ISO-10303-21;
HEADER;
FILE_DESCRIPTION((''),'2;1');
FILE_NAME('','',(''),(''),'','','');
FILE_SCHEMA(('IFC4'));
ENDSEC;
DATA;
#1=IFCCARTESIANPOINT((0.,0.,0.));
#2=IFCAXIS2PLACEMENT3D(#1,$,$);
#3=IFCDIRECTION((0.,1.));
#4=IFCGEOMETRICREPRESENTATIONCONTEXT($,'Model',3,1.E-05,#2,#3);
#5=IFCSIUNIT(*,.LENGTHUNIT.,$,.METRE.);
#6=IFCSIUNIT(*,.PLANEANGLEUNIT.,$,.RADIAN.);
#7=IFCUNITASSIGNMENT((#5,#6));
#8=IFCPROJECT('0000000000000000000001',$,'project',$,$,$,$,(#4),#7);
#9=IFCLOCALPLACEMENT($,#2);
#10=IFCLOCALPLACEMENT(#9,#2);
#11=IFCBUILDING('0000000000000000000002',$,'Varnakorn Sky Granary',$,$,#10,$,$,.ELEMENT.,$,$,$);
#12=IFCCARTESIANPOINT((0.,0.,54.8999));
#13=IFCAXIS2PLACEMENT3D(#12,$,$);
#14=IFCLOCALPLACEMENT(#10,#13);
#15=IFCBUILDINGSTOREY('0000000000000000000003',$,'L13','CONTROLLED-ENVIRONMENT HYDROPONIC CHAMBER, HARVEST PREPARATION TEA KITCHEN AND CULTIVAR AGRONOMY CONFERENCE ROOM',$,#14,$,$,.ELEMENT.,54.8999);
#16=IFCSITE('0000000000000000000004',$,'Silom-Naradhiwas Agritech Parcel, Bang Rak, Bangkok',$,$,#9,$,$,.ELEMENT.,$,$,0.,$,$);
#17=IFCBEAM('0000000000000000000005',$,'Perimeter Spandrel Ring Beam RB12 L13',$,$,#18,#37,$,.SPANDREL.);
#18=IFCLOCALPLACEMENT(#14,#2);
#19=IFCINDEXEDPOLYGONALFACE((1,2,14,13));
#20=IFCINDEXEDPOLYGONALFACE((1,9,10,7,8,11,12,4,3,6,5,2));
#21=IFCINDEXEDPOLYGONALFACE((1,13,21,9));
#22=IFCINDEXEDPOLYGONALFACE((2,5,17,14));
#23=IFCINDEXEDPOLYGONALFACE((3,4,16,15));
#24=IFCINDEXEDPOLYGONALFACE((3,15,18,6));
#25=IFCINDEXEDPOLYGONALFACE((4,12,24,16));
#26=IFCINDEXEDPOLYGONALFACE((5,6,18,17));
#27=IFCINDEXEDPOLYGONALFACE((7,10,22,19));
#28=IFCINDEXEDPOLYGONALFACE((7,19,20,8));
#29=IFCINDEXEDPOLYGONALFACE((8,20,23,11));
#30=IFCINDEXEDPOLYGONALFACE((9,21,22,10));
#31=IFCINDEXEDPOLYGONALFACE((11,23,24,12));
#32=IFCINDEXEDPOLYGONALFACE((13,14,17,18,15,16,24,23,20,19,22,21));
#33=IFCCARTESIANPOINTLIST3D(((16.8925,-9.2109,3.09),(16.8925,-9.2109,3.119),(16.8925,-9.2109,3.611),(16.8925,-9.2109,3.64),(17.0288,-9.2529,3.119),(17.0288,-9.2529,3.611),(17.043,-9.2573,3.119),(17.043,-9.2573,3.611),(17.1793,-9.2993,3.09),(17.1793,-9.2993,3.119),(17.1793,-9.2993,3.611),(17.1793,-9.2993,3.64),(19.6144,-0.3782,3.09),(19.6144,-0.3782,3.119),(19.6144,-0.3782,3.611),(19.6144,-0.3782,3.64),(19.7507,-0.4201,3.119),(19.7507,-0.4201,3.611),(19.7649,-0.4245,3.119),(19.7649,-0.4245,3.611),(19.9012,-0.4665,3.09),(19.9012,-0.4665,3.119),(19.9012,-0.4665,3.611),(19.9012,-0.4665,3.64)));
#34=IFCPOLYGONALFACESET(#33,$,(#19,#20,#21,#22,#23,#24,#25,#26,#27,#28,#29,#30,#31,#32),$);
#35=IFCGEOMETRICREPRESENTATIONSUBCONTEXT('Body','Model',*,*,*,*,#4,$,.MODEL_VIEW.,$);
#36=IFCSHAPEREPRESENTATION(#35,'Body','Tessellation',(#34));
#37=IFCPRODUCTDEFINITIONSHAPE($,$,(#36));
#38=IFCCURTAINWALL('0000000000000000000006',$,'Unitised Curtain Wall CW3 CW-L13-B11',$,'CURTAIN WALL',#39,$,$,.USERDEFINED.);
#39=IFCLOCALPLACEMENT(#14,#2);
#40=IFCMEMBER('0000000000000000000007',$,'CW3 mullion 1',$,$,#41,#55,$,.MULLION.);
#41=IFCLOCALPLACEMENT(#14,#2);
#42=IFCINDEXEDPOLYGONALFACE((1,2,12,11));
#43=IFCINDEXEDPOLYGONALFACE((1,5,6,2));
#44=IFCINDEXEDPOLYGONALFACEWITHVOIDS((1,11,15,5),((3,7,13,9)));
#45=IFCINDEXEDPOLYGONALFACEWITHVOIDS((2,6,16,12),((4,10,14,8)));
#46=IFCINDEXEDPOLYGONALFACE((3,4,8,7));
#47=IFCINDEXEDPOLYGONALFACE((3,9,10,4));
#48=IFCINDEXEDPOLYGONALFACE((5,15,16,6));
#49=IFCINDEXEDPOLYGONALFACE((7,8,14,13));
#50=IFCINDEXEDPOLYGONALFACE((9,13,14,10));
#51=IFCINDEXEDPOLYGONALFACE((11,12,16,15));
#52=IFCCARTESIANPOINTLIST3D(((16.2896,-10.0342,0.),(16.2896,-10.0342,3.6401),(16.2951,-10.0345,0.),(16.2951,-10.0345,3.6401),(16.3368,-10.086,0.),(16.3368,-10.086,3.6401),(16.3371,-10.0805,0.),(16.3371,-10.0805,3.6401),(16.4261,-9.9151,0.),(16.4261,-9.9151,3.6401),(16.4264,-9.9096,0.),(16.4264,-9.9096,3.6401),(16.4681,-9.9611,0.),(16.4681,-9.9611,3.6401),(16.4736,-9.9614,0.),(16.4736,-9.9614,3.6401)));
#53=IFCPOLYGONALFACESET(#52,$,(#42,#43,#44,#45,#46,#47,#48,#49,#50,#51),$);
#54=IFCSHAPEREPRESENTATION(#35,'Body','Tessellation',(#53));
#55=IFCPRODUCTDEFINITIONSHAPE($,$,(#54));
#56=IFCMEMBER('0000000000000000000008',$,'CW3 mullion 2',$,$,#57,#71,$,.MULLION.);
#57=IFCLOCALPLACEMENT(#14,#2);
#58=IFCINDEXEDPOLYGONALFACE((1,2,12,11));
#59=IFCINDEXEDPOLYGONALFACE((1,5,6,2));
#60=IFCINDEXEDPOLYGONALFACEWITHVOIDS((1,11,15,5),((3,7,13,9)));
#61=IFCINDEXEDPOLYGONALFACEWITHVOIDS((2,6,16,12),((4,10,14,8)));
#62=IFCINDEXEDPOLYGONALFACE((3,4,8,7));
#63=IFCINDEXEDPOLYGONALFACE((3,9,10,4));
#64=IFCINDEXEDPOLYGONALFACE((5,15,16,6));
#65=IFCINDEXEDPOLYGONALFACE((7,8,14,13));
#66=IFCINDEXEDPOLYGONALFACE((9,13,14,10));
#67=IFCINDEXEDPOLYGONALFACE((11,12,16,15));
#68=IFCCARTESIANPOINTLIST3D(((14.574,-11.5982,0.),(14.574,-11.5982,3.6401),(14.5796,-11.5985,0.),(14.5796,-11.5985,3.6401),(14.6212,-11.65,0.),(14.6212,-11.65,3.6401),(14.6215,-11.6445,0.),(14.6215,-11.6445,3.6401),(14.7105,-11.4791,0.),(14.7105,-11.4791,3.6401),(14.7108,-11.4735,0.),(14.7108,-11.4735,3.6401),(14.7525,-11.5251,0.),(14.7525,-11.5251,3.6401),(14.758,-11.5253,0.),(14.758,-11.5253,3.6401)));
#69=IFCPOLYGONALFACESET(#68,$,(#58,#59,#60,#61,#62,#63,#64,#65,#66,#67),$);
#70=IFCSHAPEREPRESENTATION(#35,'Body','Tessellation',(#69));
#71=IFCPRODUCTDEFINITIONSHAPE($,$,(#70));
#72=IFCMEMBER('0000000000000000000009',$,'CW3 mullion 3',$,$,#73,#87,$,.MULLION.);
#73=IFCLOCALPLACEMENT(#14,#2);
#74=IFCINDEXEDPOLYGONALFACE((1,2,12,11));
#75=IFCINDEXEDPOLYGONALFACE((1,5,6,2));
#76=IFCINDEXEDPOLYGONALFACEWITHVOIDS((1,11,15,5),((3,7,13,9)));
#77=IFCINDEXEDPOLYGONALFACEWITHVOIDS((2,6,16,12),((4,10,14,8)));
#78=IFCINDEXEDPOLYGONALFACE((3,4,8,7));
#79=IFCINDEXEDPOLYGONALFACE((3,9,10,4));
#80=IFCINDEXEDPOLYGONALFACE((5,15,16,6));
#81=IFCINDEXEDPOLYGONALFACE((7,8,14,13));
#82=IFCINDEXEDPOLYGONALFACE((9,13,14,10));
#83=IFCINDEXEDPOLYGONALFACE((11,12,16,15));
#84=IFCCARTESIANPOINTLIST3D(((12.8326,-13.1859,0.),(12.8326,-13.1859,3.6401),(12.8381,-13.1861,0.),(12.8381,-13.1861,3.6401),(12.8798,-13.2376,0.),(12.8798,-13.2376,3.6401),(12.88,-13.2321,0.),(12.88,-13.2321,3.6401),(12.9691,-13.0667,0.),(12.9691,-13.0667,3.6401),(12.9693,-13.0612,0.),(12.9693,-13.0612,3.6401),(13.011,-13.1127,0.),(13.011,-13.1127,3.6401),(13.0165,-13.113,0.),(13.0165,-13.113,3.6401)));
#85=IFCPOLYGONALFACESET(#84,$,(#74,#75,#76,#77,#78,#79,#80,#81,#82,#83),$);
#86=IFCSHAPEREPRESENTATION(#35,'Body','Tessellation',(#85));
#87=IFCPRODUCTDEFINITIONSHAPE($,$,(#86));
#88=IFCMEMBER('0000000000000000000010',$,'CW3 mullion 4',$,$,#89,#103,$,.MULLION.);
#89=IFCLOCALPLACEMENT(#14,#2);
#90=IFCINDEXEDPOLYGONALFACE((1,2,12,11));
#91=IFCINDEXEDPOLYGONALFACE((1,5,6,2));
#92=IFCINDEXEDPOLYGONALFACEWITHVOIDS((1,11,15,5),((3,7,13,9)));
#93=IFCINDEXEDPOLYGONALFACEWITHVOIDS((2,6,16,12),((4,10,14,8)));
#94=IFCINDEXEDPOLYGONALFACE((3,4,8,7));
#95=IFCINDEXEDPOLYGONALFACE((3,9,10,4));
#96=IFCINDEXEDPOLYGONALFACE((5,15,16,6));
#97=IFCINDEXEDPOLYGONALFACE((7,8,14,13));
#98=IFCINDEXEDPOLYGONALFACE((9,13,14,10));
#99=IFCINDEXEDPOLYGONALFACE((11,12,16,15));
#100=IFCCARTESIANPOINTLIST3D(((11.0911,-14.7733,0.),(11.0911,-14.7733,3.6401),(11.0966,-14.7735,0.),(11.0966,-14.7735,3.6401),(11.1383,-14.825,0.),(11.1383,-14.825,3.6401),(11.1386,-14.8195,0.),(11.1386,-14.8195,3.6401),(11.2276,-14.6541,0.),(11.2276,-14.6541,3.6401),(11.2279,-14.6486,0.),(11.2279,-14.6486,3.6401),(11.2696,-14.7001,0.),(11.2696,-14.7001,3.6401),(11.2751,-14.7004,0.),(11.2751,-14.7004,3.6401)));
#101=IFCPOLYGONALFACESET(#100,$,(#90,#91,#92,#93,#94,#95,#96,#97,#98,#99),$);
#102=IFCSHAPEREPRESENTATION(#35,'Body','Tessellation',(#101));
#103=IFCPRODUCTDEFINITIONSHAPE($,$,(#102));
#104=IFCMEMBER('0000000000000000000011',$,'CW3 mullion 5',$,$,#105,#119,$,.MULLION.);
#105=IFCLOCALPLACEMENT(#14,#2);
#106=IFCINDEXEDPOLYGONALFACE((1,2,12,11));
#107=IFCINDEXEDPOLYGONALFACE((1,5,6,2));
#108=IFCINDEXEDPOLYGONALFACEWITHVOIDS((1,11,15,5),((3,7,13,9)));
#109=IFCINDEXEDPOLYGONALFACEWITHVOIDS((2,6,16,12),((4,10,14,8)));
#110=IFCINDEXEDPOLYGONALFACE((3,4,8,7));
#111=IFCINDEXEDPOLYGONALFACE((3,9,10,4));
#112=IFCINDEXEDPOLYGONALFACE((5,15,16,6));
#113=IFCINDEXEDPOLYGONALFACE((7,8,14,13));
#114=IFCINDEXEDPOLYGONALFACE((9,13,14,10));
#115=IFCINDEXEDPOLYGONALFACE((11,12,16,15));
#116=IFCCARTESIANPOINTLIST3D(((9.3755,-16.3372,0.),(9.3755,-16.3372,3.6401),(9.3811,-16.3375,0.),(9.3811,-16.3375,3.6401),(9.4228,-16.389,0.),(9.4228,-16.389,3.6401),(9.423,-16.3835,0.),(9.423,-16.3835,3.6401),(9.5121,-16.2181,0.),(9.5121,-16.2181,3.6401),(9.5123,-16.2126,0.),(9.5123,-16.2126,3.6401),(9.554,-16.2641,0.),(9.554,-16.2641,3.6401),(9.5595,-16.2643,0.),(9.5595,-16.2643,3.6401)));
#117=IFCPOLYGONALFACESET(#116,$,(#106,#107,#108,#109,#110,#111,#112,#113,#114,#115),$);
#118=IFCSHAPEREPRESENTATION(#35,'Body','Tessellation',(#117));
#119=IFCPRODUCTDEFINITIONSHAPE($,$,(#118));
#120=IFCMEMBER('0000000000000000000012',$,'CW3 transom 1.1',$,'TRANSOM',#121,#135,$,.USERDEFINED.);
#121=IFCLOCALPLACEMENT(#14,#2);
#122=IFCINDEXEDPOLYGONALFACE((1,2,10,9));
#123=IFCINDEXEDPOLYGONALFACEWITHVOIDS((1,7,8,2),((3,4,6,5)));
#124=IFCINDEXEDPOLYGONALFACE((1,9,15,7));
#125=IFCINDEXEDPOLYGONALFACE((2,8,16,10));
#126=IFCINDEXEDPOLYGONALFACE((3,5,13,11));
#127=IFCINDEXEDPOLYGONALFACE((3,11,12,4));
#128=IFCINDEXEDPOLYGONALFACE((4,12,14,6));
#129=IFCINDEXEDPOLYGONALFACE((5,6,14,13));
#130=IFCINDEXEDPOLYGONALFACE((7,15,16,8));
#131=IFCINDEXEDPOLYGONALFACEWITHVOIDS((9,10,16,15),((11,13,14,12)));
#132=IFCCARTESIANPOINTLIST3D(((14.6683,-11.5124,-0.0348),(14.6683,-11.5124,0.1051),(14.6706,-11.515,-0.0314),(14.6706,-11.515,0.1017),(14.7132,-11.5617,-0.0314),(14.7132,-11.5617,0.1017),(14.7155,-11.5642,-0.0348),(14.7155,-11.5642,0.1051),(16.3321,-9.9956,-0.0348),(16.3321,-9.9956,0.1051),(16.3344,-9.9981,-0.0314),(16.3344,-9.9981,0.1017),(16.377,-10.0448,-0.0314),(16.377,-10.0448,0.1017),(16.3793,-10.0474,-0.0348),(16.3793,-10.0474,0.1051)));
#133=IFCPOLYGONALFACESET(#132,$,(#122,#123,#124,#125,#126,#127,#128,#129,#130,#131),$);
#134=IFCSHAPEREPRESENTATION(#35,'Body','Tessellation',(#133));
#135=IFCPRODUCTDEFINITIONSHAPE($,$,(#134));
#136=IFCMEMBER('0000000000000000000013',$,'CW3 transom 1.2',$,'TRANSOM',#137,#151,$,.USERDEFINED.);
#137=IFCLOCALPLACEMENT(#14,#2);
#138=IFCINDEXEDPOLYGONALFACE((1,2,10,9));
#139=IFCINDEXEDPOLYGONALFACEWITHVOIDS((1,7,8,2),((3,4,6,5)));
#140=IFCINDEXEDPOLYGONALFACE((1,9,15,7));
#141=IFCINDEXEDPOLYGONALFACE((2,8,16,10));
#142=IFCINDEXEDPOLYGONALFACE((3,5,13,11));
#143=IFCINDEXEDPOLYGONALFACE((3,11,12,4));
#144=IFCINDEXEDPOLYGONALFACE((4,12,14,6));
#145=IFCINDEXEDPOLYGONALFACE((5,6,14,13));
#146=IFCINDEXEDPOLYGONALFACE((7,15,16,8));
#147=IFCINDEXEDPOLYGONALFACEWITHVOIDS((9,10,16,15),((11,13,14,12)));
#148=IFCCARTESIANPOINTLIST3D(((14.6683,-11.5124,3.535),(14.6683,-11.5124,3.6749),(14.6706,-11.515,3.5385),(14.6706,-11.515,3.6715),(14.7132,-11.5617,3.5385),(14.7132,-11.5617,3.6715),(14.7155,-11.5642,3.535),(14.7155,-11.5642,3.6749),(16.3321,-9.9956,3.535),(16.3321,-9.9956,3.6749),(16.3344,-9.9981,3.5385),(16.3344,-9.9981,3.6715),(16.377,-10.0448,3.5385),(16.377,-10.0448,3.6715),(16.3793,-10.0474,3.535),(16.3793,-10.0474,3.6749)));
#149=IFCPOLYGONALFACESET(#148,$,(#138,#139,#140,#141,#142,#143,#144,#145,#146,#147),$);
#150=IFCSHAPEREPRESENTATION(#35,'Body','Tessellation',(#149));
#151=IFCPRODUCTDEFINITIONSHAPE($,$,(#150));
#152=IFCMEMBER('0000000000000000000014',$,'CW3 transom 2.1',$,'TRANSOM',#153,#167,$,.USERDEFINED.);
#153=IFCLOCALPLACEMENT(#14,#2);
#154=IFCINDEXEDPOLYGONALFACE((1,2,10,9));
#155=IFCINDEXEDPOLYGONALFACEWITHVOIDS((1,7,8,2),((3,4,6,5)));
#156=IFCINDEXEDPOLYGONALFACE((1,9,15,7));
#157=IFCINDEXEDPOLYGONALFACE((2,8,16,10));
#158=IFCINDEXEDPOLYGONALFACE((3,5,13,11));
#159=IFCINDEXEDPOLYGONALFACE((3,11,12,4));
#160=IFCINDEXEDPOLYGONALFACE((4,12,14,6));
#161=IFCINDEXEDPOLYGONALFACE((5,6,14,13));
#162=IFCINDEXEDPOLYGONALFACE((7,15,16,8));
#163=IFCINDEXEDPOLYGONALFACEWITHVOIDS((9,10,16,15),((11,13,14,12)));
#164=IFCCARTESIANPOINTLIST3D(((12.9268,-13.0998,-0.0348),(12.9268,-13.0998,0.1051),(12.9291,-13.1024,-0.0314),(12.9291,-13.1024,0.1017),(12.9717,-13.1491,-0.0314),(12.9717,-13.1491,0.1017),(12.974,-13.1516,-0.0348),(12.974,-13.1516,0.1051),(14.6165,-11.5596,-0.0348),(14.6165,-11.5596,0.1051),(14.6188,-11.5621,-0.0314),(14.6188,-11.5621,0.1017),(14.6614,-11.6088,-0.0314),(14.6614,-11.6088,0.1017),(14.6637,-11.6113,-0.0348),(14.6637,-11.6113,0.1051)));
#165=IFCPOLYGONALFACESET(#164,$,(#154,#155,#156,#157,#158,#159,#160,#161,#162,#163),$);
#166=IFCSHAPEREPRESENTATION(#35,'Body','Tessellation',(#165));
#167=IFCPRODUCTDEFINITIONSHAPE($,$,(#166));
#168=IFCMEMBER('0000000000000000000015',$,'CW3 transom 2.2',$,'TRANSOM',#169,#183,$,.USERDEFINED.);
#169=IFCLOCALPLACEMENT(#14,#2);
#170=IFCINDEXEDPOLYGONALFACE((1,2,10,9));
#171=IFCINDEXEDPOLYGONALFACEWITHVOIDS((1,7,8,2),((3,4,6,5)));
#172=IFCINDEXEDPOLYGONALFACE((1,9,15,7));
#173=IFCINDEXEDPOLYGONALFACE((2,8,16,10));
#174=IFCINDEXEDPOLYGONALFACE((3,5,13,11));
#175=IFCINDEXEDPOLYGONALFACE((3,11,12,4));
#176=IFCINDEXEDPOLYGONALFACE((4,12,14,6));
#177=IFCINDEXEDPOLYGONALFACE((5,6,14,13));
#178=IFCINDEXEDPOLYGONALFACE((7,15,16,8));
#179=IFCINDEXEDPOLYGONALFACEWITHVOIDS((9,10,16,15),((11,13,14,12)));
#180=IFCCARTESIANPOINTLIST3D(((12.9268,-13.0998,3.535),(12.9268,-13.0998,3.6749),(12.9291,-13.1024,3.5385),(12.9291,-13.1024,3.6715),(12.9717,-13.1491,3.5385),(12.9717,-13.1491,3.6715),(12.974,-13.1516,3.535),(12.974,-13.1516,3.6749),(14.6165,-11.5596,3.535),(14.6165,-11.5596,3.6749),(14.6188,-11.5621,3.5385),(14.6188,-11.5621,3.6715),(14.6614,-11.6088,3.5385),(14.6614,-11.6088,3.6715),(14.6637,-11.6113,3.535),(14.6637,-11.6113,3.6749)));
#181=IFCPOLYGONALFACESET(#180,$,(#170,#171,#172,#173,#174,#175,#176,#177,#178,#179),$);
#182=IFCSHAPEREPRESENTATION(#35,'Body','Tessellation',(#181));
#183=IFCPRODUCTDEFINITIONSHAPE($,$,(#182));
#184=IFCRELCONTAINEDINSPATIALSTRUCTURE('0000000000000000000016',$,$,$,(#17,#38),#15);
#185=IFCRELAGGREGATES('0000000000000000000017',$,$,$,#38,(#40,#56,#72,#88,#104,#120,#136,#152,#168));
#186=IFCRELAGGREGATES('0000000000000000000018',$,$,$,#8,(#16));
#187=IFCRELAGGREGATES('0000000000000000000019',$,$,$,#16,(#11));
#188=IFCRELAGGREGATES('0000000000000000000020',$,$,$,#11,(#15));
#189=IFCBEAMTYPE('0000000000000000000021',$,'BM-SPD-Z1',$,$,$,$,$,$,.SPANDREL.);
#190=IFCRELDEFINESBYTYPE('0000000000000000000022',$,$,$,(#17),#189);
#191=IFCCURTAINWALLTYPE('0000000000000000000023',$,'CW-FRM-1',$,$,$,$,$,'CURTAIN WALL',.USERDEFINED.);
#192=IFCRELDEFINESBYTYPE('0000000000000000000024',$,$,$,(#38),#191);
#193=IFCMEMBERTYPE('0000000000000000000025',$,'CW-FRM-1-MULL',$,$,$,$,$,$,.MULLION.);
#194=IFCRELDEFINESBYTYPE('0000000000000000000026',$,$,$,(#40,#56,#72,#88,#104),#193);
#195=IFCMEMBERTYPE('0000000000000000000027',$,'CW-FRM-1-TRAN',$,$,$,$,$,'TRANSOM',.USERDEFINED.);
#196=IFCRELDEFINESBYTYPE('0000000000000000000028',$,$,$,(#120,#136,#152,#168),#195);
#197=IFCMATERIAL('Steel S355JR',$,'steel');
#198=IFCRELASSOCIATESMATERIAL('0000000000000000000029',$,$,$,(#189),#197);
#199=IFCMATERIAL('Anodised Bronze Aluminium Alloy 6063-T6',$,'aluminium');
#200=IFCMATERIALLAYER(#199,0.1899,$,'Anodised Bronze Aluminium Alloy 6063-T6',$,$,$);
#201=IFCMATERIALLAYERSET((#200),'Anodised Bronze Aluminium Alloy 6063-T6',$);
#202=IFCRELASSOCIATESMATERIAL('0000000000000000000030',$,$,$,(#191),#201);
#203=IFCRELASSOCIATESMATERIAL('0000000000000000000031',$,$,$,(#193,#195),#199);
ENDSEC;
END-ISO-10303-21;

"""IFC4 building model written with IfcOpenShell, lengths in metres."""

from ifc_helpers import new_model, si_unit, direction, frame, origin, origin_2d, place, context, subcontext, project, spatial, hollow_rectangle, i_section, extrude, material, layer, layer_set, material_profile, profile_set, type_object, element, aggregate, save


model = new_model("IFC4")

# Units and contexts
model_context = context("Model", 3, precision=1e-05, world=origin(), true_north=direction((0.0, 1.0)))
body_context = subcontext(model_context, "Body", "Model", "MODEL_VIEW")
ifc_project = project(units=[si_unit("LENGTHUNIT", "METRE"), si_unit("PLANEANGLEUNIT", "RADIAN")], contexts=[model_context])

# Site, building, storey
site_placement = place(None, origin())
site = spatial("IfcSite", under=ifc_project, at=site_placement, Name="Silom-Naradhiwas Agritech Parcel, Bang Rak, Bangkok", CompositionType="ELEMENT", RefElevation=0.0)
building_placement = place(site_placement, origin())
building = spatial("IfcBuilding", under=site, at=building_placement, Name="Varnakorn Sky Granary", CompositionType="ELEMENT")
storey_placement = place(building_placement, frame((0.0, 0.0, 54.8999)))
storey = spatial("IfcBuildingStorey", under=building, at=storey_placement, Name="L13", Description="CONTROLLED-ENVIRONMENT HYDROPONIC CHAMBER, HARVEST PREPARATION TEA KITCHEN AND CULTIVAR AGRONOMY CONFERENCE ROOM", CompositionType="ELEMENT", Elevation=54.8999)

# Beam
ifc_material_1 = material(Name="Steel S355JR", Category="steel")
ifc_material_profile_1 = material_profile(ifc_material_1, i_section(OverallWidth=0.3, OverallDepth=0.55, WebThickness=0.0149, FlangeThickness=0.0291, at=origin_2d()), Name="HE 550 B")
ifc_profile_set_1 = profile_set([ifc_material_profile_1], Name="Steel S355JR")
beam_type_1 = type_object("IfcBeamType", Name="BM-SPD-Z1", PredefinedType="SPANDREL", material=ifc_profile_set_1)
beam_1_placement = place(storey_placement, frame((17.0359, -9.2551, 3.365), z_axis=(0.294496, 0.955653, 0.0), x_axis=(-0.955653, 0.294496, 0.0)))
element("IfcBeam", 1, at=beam_1_placement, inside=storey, type_object=beam_type_1, Name="Perimeter Spandrel Ring Beam RB12 L13", PredefinedType="SPANDREL", context=body_context, shape_type="SweptSolid", body=[
    extrude(i_section(OverallWidth=0.3, OverallDepth=0.55, WebThickness=0.0149, FlangeThickness=0.0291, at=origin_2d()), origin(), (0.0, 0.0, 1.0), 9.2427),
])

# Curtain wall, members
ifc_material_2 = material(Name="Anodised Bronze Aluminium Alloy 6063-T6", Category="aluminium")
ifc_layer_1 = layer(ifc_material_2, 0.1899, Name="Anodised Bronze Aluminium Alloy 6063-T6")
ifc_layer_set_1 = layer_set([ifc_layer_1], Name="Anodised Bronze Aluminium Alloy 6063-T6")
curtain_wall_type = type_object("IfcCurtainWallType", Name="CW-FRM-1", ElementType="CURTAIN WALL", PredefinedType="USERDEFINED", material=ifc_layer_set_1)
curtain_wall_placement = place(storey_placement, origin())
curtain_wall = element("IfcCurtainWall", 2, at=curtain_wall_placement, inside=storey, type_object=curtain_wall_type, Name="Unitised Curtain Wall CW3 CW-L13-B11", ObjectType="CURTAIN WALL", PredefinedType="USERDEFINED")
ifc_material_profile_2 = material_profile(ifc_material_2, hollow_rectangle(XDim=0.0701, YDim=0.1851, WallThickness=0.0039, at=origin_2d()), Name="ALU MULL 70x185")
ifc_profile_set_2 = profile_set([ifc_material_profile_2], Name="Anodised Bronze Aluminium Alloy 6063-T6")
member_type_1 = type_object("IfcMemberType", Name="CW-FRM-1-MULL", PredefinedType="MULLION", material=ifc_profile_set_2)
member_1_placement = place(storey_placement, frame((16.3816, -9.9978, 0.0), z_axis=(0.0, 0.0, 1.0), x_axis=(0.673687, -0.739017, 0.0)))
member_1 = element("IfcMember", 3, at=member_1_placement, type_object=member_type_1, Name="CW3 mullion 1", PredefinedType="MULLION", context=body_context, shape_type="SweptSolid", body=[
    extrude(hollow_rectangle(XDim=0.0701, YDim=0.1851, WallThickness=0.0039, at=origin_2d()), origin(), (0.0, 0.0, 1.0), 3.6401),
])
member_2_placement = place(storey_placement, frame((14.666, -11.5618, 0.0), z_axis=(0.0, 0.0, 1.0), x_axis=(0.673687, -0.739017, 0.0)))
member_2 = element("IfcMember", 4, at=member_2_placement, type_object=member_type_1, Name="CW3 mullion 2", PredefinedType="MULLION", context=body_context, shape_type="SweptSolid", body=[
    extrude(hollow_rectangle(XDim=0.0701, YDim=0.1851, WallThickness=0.0039, at=origin_2d()), origin(), (0.0, 0.0, 1.0), 3.6401),
])
member_3_placement = place(storey_placement, frame((12.9246, -13.1494, 0.0), z_axis=(0.0, 0.0, 1.0), x_axis=(0.673687, -0.739017, 0.0)))
member_3 = element("IfcMember", 5, at=member_3_placement, type_object=member_type_1, Name="CW3 mullion 3", PredefinedType="MULLION", context=body_context, shape_type="SweptSolid", body=[
    extrude(hollow_rectangle(XDim=0.0701, YDim=0.1851, WallThickness=0.0039, at=origin_2d()), origin(), (0.0, 0.0, 1.0), 3.6401),
])
member_4_placement = place(storey_placement, frame((11.1831, -14.7368, 0.0), z_axis=(0.0, 0.0, 1.0), x_axis=(0.673687, -0.739017, 0.0)))
member_4 = element("IfcMember", 6, at=member_4_placement, type_object=member_type_1, Name="CW3 mullion 4", PredefinedType="MULLION", context=body_context, shape_type="SweptSolid", body=[
    extrude(hollow_rectangle(XDim=0.0701, YDim=0.1851, WallThickness=0.0039, at=origin_2d()), origin(), (0.0, 0.0, 1.0), 3.6401),
])
member_5_placement = place(storey_placement, frame((9.4675, -16.3008, 0.0), z_axis=(0.0, 0.0, 1.0), x_axis=(0.673687, -0.739017, 0.0)))
member_5 = element("IfcMember", 7, at=member_5_placement, type_object=member_type_1, Name="CW3 mullion 5", PredefinedType="MULLION", context=body_context, shape_type="SweptSolid", body=[
    extrude(hollow_rectangle(XDim=0.0701, YDim=0.1851, WallThickness=0.0039, at=origin_2d()), origin(), (0.0, 0.0, 1.0), 3.6401),
])
ifc_material_profile_3 = material_profile(ifc_material_2, hollow_rectangle(XDim=0.0701, YDim=0.1399, WallThickness=0.0034, at=origin_2d()), Name="ALU TRAN 70x140")
ifc_profile_set_3 = profile_set([ifc_material_profile_3], Name="Anodised Bronze Aluminium Alloy 6063-T6")
member_type_2 = type_object("IfcMemberType", Name="CW-FRM-1-TRAN", ElementType="TRANSOM", PredefinedType="USERDEFINED", material=ifc_profile_set_3)
member_6_placement = place(storey_placement, frame((16.3557, -10.0215, 0.0352), z_axis=(-0.738992, -0.673714, 0.0), x_axis=(0.673714, -0.738992, 0.0)))
member_6 = element("IfcMember", 8, at=member_6_placement, type_object=member_type_2, Name="CW3 transom 1.1", ObjectType="TRANSOM", PredefinedType="USERDEFINED", context=body_context, shape_type="SweptSolid", body=[
    extrude(hollow_rectangle(XDim=0.0701, YDim=0.1399, WallThickness=0.0034, at=origin_2d()), origin(), (0.0, 0.0, 1.0), 2.2515),
])
member_7_placement = place(storey_placement, frame((16.3557, -10.0215, 3.605), z_axis=(-0.738992, -0.673714, 0.0), x_axis=(0.673714, -0.738992, 0.0)))
member_7 = element("IfcMember", 9, at=member_7_placement, type_object=member_type_2, Name="CW3 transom 1.2", ObjectType="TRANSOM", PredefinedType="USERDEFINED", context=body_context, shape_type="SweptSolid", body=[
    extrude(hollow_rectangle(XDim=0.0701, YDim=0.1399, WallThickness=0.0034, at=origin_2d()), origin(), (0.0, 0.0, 1.0), 2.2515),
])
member_8_placement = place(storey_placement, frame((14.6401, -11.5854, 0.0352), z_axis=(-0.739026, -0.673677, 0.0), x_axis=(0.673677, -0.739026, 0.0)))
member_8 = element("IfcMember", 10, at=member_8_placement, type_object=member_type_2, Name="CW3 transom 2.1", ObjectType="TRANSOM", PredefinedType="USERDEFINED", context=body_context, shape_type="SweptSolid", body=[
    extrude(hollow_rectangle(XDim=0.0701, YDim=0.1399, WallThickness=0.0034, at=origin_2d()), origin(), (0.0, 0.0, 1.0), 2.2864),
])
member_9_placement = place(storey_placement, frame((14.6401, -11.5854, 3.605), z_axis=(-0.739026, -0.673677, 0.0), x_axis=(0.673677, -0.739026, 0.0)))
member_9 = element("IfcMember", 11, at=member_9_placement, type_object=member_type_2, Name="CW3 transom 2.2", ObjectType="TRANSOM", PredefinedType="USERDEFINED", context=body_context, shape_type="SweptSolid", body=[
    extrude(hollow_rectangle(XDim=0.0701, YDim=0.1399, WallThickness=0.0034, at=origin_2d()), origin(), (0.0, 0.0, 1.0), 2.2864),
])

aggregate(curtain_wall, [member_1, member_2, member_3, member_4, member_5, member_6, member_7, member_8, member_9])

save(model, "model.ifc")
